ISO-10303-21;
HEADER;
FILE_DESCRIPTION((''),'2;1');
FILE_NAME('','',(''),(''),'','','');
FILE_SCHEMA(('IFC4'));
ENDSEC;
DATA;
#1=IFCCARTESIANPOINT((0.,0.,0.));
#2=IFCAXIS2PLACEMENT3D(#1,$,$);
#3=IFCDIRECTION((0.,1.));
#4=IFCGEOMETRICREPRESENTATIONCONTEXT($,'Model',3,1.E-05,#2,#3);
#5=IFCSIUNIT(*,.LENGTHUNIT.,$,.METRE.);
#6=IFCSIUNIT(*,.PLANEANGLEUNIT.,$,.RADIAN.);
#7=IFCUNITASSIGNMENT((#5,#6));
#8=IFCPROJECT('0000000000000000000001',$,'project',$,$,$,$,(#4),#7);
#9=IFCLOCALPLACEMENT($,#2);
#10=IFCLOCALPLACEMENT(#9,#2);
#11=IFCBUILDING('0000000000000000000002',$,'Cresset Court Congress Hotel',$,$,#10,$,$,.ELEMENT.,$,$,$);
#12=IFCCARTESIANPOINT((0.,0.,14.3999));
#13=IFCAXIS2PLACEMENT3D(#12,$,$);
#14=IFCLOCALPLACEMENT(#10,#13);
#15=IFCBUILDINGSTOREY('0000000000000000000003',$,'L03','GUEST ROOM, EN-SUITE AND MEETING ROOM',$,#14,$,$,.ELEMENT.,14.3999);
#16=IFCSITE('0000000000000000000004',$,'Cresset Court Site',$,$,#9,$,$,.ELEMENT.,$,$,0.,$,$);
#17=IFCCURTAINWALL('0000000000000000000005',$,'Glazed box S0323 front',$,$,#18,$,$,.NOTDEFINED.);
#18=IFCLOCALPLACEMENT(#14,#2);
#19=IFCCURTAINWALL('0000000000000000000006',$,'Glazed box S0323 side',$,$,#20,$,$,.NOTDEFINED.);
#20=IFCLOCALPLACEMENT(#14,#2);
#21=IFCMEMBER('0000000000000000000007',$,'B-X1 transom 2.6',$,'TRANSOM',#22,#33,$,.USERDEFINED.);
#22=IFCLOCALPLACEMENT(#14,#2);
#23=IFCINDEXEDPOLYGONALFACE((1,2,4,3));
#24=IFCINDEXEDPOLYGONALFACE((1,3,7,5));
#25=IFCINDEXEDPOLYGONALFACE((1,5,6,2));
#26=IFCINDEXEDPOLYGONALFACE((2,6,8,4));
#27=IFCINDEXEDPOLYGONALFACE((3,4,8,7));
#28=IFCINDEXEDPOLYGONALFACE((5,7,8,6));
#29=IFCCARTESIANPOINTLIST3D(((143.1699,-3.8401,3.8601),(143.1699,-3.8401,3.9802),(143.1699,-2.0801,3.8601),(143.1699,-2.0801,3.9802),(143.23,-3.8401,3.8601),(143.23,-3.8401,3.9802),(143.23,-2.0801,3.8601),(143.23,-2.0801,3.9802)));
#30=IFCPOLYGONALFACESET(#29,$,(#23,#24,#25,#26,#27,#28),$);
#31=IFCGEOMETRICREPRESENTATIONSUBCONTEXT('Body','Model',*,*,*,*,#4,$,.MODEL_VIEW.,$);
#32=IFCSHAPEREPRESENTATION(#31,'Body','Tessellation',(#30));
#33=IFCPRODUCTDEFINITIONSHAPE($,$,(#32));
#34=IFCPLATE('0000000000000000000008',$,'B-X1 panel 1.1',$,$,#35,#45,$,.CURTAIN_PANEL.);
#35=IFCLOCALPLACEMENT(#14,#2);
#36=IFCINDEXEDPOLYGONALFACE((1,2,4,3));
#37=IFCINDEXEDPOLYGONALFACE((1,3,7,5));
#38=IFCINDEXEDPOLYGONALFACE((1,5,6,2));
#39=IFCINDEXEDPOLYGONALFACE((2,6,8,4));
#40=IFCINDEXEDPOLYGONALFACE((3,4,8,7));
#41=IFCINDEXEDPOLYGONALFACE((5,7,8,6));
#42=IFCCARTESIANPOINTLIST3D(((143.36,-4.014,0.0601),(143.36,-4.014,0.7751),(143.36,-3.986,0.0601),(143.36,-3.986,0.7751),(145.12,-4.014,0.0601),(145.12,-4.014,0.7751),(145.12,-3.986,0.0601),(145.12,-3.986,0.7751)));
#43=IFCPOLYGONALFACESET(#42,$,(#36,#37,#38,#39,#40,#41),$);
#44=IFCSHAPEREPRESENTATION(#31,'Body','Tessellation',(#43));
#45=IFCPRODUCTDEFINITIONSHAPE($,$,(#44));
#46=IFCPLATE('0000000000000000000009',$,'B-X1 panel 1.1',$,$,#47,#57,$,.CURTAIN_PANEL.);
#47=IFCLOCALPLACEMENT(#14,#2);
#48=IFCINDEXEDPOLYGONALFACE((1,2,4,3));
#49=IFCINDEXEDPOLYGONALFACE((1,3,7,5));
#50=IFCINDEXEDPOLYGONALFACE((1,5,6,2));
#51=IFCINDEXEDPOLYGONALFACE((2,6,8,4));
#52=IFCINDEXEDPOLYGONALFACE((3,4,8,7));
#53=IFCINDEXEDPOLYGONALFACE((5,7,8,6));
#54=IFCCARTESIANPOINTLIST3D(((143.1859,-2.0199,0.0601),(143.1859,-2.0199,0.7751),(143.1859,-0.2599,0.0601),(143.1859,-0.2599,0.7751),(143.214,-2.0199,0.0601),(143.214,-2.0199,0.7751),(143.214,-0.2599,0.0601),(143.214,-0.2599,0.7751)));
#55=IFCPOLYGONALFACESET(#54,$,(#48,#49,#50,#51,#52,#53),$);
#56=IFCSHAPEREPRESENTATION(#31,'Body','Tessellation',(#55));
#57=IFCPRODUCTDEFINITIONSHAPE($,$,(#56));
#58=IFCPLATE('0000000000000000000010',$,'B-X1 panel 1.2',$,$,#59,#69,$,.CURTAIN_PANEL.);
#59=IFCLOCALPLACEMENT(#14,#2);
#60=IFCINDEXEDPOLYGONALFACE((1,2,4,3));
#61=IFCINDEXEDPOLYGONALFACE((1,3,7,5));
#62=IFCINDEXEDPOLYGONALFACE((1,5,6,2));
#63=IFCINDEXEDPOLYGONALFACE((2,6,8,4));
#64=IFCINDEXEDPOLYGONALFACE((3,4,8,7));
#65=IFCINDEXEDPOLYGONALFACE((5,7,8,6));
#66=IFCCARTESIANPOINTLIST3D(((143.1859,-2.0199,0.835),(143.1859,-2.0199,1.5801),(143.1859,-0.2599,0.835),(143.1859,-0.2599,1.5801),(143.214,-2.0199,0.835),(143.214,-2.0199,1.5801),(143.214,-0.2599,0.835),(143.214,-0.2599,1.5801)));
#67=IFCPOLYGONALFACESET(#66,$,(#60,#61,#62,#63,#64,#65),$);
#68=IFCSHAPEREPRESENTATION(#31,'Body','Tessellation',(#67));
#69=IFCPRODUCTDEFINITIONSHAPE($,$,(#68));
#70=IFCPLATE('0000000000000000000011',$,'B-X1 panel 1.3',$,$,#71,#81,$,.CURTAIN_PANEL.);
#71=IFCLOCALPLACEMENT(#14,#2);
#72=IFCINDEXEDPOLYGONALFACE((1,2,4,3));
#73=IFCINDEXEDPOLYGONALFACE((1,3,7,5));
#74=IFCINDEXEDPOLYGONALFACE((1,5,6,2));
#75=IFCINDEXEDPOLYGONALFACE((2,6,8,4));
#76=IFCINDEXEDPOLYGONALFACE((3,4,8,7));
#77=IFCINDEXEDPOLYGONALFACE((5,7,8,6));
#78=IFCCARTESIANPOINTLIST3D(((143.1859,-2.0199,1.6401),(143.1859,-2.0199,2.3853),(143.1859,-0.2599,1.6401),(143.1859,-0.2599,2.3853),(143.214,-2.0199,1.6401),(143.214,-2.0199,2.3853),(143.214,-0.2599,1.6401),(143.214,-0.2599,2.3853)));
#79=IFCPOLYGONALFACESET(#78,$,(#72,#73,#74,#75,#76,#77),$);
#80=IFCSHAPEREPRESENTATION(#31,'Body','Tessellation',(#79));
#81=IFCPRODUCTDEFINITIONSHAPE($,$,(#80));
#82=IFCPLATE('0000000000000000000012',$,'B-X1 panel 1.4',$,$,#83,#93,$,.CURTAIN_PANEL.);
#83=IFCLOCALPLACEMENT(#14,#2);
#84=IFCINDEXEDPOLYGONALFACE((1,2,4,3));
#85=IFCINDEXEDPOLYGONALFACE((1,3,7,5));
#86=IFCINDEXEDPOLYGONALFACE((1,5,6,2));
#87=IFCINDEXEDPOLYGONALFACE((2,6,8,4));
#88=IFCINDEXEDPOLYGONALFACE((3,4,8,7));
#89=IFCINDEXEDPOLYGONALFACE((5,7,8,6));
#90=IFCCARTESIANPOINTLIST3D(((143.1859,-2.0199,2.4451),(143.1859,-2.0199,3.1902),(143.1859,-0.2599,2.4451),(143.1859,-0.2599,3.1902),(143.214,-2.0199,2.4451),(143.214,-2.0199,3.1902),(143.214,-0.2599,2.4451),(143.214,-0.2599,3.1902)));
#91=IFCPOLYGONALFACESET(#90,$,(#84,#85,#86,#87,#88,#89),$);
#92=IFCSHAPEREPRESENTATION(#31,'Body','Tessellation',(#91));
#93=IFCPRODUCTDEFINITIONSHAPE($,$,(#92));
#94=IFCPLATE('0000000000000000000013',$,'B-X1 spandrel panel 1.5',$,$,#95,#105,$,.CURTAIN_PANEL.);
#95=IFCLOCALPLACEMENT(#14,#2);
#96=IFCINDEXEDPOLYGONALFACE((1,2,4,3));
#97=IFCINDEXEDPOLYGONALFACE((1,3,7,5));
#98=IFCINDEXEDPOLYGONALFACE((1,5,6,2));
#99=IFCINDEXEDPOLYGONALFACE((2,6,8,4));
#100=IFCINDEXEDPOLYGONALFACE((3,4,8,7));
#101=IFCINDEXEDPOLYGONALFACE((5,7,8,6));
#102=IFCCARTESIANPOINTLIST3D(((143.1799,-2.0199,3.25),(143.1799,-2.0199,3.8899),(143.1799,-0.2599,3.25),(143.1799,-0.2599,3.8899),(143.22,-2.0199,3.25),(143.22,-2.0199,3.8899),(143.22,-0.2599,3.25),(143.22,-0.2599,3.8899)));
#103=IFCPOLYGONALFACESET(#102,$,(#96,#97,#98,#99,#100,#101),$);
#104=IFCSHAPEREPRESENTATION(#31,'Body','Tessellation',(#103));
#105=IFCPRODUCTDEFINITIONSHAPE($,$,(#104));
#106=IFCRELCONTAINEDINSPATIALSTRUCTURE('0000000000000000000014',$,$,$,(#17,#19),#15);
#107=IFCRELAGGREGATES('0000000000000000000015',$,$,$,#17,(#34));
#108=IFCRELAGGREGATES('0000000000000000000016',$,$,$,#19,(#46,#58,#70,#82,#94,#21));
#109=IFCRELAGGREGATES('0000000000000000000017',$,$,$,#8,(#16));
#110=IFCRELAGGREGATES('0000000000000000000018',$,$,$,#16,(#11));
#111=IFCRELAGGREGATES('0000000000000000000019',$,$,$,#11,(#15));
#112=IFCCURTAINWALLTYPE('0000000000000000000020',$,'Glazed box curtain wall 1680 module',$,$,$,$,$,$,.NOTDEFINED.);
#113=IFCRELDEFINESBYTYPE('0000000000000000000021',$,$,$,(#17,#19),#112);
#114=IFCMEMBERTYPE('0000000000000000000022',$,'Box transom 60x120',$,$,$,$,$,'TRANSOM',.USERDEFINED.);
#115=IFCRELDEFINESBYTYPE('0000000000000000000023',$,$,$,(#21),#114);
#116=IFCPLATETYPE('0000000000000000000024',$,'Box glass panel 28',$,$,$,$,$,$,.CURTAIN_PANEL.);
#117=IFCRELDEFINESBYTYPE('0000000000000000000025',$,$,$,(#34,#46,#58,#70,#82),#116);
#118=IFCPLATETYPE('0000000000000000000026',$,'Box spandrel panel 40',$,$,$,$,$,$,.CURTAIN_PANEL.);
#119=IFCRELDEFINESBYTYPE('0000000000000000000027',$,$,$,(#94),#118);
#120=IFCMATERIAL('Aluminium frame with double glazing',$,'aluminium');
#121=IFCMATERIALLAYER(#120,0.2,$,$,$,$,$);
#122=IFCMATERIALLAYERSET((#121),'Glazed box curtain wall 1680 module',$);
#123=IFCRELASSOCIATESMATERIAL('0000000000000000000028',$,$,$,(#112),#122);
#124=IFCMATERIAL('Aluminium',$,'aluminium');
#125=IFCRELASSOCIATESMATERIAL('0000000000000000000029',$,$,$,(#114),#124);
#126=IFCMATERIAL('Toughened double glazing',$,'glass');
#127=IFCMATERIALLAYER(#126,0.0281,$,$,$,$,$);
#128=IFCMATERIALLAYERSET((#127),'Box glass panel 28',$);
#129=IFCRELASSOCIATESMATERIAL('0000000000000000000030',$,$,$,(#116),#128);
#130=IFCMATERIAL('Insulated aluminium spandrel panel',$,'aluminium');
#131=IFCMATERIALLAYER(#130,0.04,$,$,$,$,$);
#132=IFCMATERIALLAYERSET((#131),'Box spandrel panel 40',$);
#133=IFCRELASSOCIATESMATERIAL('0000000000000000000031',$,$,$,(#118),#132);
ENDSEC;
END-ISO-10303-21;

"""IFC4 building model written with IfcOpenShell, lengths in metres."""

from ifc_helpers import new_model, si_unit, direction, frame, origin, origin_2d, place, context, subcontext, project, spatial, rectangle, extrude, material, layer, layer_set, material_profile, profile_set, type_object, element, aggregate, save


model = new_model("IFC4")

# Units and contexts
model_context = context("Model", 3, precision=1e-05, world=origin(), true_north=direction((0.0, 1.0)))
body_context = subcontext(model_context, "Body", "Model", "MODEL_VIEW")
ifc_project = project(units=[si_unit("LENGTHUNIT", "METRE"), si_unit("PLANEANGLEUNIT", "RADIAN")], contexts=[model_context])

# Site, building, storey
site_placement = place(None, origin())
site = spatial("IfcSite", under=ifc_project, at=site_placement, Name="Cresset Court Site", CompositionType="ELEMENT", RefElevation=0.0)
building_placement = place(site_placement, origin())
building = spatial("IfcBuilding", under=site, at=building_placement, Name="Cresset Court Congress Hotel", CompositionType="ELEMENT")
storey_placement = place(building_placement, frame((0.0, 0.0, 14.3999)))
storey = spatial("IfcBuildingStorey", under=building, at=storey_placement, Name="L03", Description="GUEST ROOM, EN-SUITE AND MEETING ROOM", CompositionType="ELEMENT", Elevation=14.3999)

# Curtain walls
ifc_material_1 = material(Name="Aluminium frame with double glazing", Category="aluminium")
ifc_layer_1 = layer(ifc_material_1, 0.2)
ifc_layer_set_1 = layer_set([ifc_layer_1], Name="Glazed box curtain wall 1680 module")
curtain_wall_type = type_object("IfcCurtainWallType", Name="Glazed box curtain wall 1680 module", PredefinedType="NOTDEFINED", material=ifc_layer_set_1)
curtain_wall_1_placement = place(storey_placement, origin())
curtain_wall_1 = element("IfcCurtainWall", 1, at=curtain_wall_1_placement, inside=storey, type_object=curtain_wall_type, Name="Glazed box S0323 front", PredefinedType="NOTDEFINED")
curtain_wall_2_placement = place(storey_placement, origin())
curtain_wall_2 = element("IfcCurtainWall", 2, at=curtain_wall_2_placement, inside=storey, type_object=curtain_wall_type, Name="Glazed box S0323 side", PredefinedType="NOTDEFINED")

# Member
ifc_material_2 = material(Name="Aluminium", Category="aluminium")
ifc_material_profile_1 = material_profile(ifc_material_2, rectangle(XDim=0.0601, YDim=0.1201, at=origin_2d()), Name="Box transom 60x120")
ifc_profile_set_1 = profile_set([ifc_material_profile_1], Name="Aluminium")
member_type_1 = type_object("IfcMemberType", Name="Box transom 60x120", ElementType="TRANSOM", PredefinedType="USERDEFINED", material=ifc_profile_set_1)
member_1_placement = place(storey_placement, frame((143.2, -2.0801, 3.9202), z_axis=(0.0, -1.0, 0.0), x_axis=(1.0, 0.0, 0.0)))
member_1 = element("IfcMember", 3, at=member_1_placement, type_object=member_type_1, Name="B-X1 transom 2.6", ObjectType="TRANSOM", PredefinedType="USERDEFINED", context=body_context, shape_type="SweptSolid", body=[
    extrude(rectangle(XDim=0.0601, YDim=0.1201, at=origin_2d()), origin(), (0.0, 0.0, 1.0), 1.76),
])

# Plates
ifc_material_3 = material(Name="Toughened double glazing", Category="glass")
ifc_layer_2 = layer(ifc_material_3, 0.0281)
ifc_layer_set_2 = layer_set([ifc_layer_2], Name="Box glass panel 28")
plate_type_1 = type_object("IfcPlateType", Name="Box glass panel 28", PredefinedType="CURTAIN_PANEL", material=ifc_layer_set_2)
plate_1_placement = place(storey_placement, frame((144.24, -4.0, 0.0601), z_axis=(0.0, 0.0, 1.0), x_axis=(1.0, 0.0, 0.0)))
plate_1 = element("IfcPlate", 4, at=plate_1_placement, type_object=plate_type_1, Name="B-X1 panel 1.1", PredefinedType="CURTAIN_PANEL", context=body_context, shape_type="SweptSolid", body=[
    extrude(rectangle(XDim=1.76, YDim=0.0281, at=origin_2d()), origin(), (0.0, 0.0, 1.0), 0.7151),
])
aggregate(curtain_wall_1, [plate_1])
plate_2_placement = place(storey_placement, frame((143.2, -1.1399, 0.0601), z_axis=(0.0, 0.0, 1.0), x_axis=(0.0, -1.0, 0.0)))
plate_2 = element("IfcPlate", 5, at=plate_2_placement, type_object=plate_type_1, Name="B-X1 panel 1.1", PredefinedType="CURTAIN_PANEL", context=body_context, shape_type="SweptSolid", body=[
    extrude(rectangle(XDim=1.76, YDim=0.0281, at=origin_2d()), origin(), (0.0, 0.0, 1.0), 0.7151),
])
plate_3_placement = place(storey_placement, frame((143.2, -1.1399, 0.835), z_axis=(0.0, 0.0, 1.0), x_axis=(0.0, -1.0, 0.0)))
plate_3 = element("IfcPlate", 6, at=plate_3_placement, type_object=plate_type_1, Name="B-X1 panel 1.2", PredefinedType="CURTAIN_PANEL", context=body_context, shape_type="SweptSolid", body=[
    extrude(rectangle(XDim=1.76, YDim=0.0281, at=origin_2d()), origin(), (0.0, 0.0, 1.0), 0.7451),
])
plate_4_placement = place(storey_placement, frame((143.2, -1.1399, 1.6401), z_axis=(0.0, 0.0, 1.0), x_axis=(0.0, -1.0, 0.0)))
plate_4 = element("IfcPlate", 7, at=plate_4_placement, type_object=plate_type_1, Name="B-X1 panel 1.3", PredefinedType="CURTAIN_PANEL", context=body_context, shape_type="SweptSolid", body=[
    extrude(rectangle(XDim=1.76, YDim=0.0281, at=origin_2d()), origin(), (0.0, 0.0, 1.0), 0.7451),
])
plate_5_placement = place(storey_placement, frame((143.2, -1.1399, 2.4451), z_axis=(0.0, 0.0, 1.0), x_axis=(0.0, -1.0, 0.0)))
plate_5 = element("IfcPlate", 8, at=plate_5_placement, type_object=plate_type_1, Name="B-X1 panel 1.4", PredefinedType="CURTAIN_PANEL", context=body_context, shape_type="SweptSolid", body=[
    extrude(rectangle(XDim=1.76, YDim=0.0281, at=origin_2d()), origin(), (0.0, 0.0, 1.0), 0.7451),
])
ifc_material_4 = material(Name="Insulated aluminium spandrel panel", Category="aluminium")
ifc_layer_3 = layer(ifc_material_4, 0.04)
ifc_layer_set_3 = layer_set([ifc_layer_3], Name="Box spandrel panel 40")
plate_type_2 = type_object("IfcPlateType", Name="Box spandrel panel 40", PredefinedType="CURTAIN_PANEL", material=ifc_layer_set_3)
plate_6_placement = place(storey_placement, frame((143.2, -1.1399, 3.25), z_axis=(0.0, 0.0, 1.0), x_axis=(0.0, -1.0, 0.0)))
plate_6 = element("IfcPlate", 9, at=plate_6_placement, type_object=plate_type_2, Name="B-X1 spandrel panel 1.5", PredefinedType="CURTAIN_PANEL", context=body_context, shape_type="SweptSolid", body=[
    extrude(rectangle(XDim=1.76, YDim=0.04, at=origin_2d()), origin(), (0.0, 0.0, 1.0), 0.6399),
])
aggregate(curtain_wall_2, [plate_2, plate_3, plate_4, plate_5, plate_6, member_1])

save(model, "model.ifc")
